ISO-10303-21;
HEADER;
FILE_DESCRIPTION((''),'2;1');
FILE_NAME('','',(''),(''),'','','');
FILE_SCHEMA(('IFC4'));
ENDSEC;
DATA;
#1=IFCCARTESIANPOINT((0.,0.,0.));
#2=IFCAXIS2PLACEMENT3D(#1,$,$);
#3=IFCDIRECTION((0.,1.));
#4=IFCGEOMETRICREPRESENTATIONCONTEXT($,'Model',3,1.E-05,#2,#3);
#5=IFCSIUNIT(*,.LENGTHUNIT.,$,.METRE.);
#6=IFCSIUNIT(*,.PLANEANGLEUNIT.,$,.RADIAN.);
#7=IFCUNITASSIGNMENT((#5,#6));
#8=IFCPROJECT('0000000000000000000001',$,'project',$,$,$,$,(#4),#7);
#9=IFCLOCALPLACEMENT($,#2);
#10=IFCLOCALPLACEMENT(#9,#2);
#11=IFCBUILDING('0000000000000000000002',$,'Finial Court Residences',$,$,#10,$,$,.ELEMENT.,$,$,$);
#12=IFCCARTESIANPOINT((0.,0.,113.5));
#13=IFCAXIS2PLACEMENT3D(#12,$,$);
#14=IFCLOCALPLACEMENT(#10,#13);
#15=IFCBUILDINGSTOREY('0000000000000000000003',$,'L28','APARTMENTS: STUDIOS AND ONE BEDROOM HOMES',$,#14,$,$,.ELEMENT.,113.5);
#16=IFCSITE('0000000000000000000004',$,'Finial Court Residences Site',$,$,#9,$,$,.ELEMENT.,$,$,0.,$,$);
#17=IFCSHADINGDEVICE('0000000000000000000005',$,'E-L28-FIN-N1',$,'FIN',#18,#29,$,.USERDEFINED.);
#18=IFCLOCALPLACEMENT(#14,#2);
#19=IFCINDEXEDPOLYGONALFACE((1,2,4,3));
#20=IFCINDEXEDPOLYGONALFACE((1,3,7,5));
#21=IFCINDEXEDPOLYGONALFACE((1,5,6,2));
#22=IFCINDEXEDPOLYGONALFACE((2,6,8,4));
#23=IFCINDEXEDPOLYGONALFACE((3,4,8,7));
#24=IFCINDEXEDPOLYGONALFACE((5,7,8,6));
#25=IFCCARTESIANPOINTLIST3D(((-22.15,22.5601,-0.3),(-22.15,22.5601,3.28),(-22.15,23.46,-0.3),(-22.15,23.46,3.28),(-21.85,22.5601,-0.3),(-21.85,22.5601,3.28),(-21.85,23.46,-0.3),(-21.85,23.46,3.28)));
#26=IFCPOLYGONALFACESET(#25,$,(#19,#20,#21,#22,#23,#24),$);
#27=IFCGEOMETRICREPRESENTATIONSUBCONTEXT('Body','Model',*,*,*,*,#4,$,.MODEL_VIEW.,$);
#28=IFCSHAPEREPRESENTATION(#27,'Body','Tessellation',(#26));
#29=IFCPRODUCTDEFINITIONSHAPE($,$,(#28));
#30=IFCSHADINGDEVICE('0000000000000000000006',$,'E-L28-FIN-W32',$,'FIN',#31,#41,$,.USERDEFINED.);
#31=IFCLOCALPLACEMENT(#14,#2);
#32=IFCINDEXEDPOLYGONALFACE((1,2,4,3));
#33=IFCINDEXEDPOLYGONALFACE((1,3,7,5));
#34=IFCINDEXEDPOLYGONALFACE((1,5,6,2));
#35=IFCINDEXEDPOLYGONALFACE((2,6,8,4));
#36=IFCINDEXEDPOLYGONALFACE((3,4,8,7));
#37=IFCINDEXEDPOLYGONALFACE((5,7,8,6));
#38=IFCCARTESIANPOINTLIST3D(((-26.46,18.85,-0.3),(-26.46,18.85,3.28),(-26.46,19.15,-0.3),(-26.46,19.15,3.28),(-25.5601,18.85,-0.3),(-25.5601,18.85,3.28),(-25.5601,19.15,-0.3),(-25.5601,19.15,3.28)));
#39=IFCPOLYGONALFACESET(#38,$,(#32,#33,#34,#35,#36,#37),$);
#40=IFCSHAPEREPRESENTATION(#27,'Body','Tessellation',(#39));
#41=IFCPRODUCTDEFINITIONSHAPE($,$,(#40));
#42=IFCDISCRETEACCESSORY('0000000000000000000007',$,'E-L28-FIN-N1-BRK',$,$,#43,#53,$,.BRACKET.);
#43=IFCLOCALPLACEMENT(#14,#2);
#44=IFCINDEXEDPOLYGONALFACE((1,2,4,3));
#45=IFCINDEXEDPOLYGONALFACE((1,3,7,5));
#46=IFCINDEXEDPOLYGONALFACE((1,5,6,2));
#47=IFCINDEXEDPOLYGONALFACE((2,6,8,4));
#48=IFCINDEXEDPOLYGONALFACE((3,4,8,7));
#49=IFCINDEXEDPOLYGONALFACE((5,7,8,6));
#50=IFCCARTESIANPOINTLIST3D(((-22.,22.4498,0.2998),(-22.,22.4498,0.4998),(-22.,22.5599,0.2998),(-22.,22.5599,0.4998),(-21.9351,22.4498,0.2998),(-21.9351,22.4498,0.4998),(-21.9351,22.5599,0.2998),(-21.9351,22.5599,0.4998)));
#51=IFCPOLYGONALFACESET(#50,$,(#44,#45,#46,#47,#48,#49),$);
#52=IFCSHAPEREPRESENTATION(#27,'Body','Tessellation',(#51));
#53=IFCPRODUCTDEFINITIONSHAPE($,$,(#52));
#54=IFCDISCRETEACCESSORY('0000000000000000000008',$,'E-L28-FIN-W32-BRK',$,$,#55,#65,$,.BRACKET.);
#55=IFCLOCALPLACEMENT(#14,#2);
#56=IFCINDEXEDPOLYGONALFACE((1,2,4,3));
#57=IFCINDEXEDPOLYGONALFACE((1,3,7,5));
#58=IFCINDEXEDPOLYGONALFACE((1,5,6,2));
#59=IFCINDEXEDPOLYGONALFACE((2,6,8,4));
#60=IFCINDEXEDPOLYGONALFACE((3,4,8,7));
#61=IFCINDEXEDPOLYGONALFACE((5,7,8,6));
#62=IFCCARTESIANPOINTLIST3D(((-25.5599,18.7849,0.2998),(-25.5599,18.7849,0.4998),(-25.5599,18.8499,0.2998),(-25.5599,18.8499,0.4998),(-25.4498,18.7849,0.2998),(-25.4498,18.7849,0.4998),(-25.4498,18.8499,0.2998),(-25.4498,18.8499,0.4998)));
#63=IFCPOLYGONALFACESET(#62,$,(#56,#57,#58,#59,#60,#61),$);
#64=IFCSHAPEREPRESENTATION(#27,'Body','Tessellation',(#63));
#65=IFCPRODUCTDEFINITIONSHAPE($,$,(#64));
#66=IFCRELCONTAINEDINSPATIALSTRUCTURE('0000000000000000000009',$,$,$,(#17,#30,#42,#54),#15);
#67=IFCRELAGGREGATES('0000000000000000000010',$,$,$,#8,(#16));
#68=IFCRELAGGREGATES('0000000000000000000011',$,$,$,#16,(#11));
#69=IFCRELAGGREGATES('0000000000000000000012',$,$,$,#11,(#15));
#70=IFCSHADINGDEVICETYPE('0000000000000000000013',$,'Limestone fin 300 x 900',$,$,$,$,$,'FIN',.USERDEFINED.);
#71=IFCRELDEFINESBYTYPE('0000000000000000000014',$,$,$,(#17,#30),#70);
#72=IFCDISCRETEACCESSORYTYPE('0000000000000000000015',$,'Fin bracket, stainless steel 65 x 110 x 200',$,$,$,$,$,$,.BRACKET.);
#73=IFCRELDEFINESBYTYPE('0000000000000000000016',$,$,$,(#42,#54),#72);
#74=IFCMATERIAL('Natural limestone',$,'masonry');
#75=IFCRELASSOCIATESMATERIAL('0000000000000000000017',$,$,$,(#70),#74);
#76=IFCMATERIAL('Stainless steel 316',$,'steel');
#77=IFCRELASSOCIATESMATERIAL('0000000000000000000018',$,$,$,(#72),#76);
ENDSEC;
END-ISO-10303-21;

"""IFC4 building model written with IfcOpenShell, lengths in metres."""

from ifc_helpers import new_model, si_unit, direction, frame, origin, origin_2d, place, context, subcontext, project, spatial, rectangle, extrude, material, type_object, element, save


model = new_model("IFC4")

# Units and contexts
model_context = context("Model", 3, precision=1e-05, world=origin(), true_north=direction((0.0, 1.0)))
body_context = subcontext(model_context, "Body", "Model", "MODEL_VIEW")
ifc_project = project(units=[si_unit("LENGTHUNIT", "METRE"), si_unit("PLANEANGLEUNIT", "RADIAN")], contexts=[model_context])

# Site, building, storey
site_placement = place(None, origin())
site = spatial("IfcSite", under=ifc_project, at=site_placement, Name="Finial Court Residences Site", CompositionType="ELEMENT", RefElevation=0.0)
building_placement = place(site_placement, origin())
building = spatial("IfcBuilding", under=site, at=building_placement, Name="Finial Court Residences", CompositionType="ELEMENT")
storey_placement = place(building_placement, frame((0.0, 0.0, 113.5)))
storey = spatial("IfcBuildingStorey", under=building, at=storey_placement, Name="L28", Description="APARTMENTS: STUDIOS AND ONE BEDROOM HOMES", CompositionType="ELEMENT", Elevation=113.5)

# Shared definitions
ifc_material_1 = material(Name="Natural limestone", Category="masonry")

# Shading devices
shading_device_type = type_object("IfcShadingDeviceType", Name="Limestone fin 300 x 900", ElementType="FIN", PredefinedType="USERDEFINED", material=ifc_material_1)
shading_device_1_placement = place(storey_placement, frame((-22.0, 23.01, -0.3), z_axis=(0.0, 0.0, 1.0), x_axis=(1.0, 0.0, 0.0)))
element("IfcShadingDevice", 1, at=shading_device_1_placement, inside=storey, type_object=shading_device_type, Name="E-L28-FIN-N1", ObjectType="FIN", PredefinedType="USERDEFINED", context=body_context, shape_type="SweptSolid", body=[
    extrude(rectangle(XDim=0.3, YDim=0.8999, at=origin_2d()), origin(), (0.0, 0.0, 1.0), 3.5801),
])
shading_device_2_placement = place(storey_placement, frame((-26.01, 19.0, -0.3), z_axis=(0.0, 0.0, 1.0), x_axis=(1.0, 0.0, 0.0)))
element("IfcShadingDevice", 2, at=shading_device_2_placement, inside=storey, type_object=shading_device_type, Name="E-L28-FIN-W32", ObjectType="FIN", PredefinedType="USERDEFINED", context=body_context, shape_type="SweptSolid", body=[
    extrude(rectangle(XDim=0.8999, YDim=0.3, at=origin_2d()), origin(), (0.0, 0.0, 1.0), 3.5801),
])

# Discrete accessories
ifc_material_2 = material(Name="Stainless steel 316", Category="steel")
discrete_accessory_type = type_object("IfcDiscreteAccessoryType", Name="Fin bracket, stainless steel 65 x 110 x 200", PredefinedType="BRACKET", material=ifc_material_2)
discrete_accessory_1_placement = place(storey_placement, frame((-21.9675, 22.5049, 0.2998), z_axis=(0.0, 0.0, 1.0), x_axis=(1.0, 0.0, 0.0)))
element("IfcDiscreteAccessory", 3, at=discrete_accessory_1_placement, inside=storey, type_object=discrete_accessory_type, Name="E-L28-FIN-N1-BRK", PredefinedType="BRACKET", context=body_context, shape_type="SweptSolid", body=[
    extrude(rectangle(XDim=0.0649, YDim=0.1101, at=origin_2d()), origin(), (0.0, 0.0, 1.0), 0.2),
])
discrete_accessory_2_placement = place(storey_placement, frame((-25.5049, 18.8174, 0.2998), z_axis=(0.0, 0.0, 1.0), x_axis=(1.0, 0.0, 0.0)))
element("IfcDiscreteAccessory", 4, at=discrete_accessory_2_placement, inside=storey, type_object=discrete_accessory_type, Name="E-L28-FIN-W32-BRK", PredefinedType="BRACKET", context=body_context, shape_type="SweptSolid", body=[
    extrude(rectangle(XDim=0.1101, YDim=0.0649, at=origin_2d()), origin(), (0.0, 0.0, 1.0), 0.2),
])

save(model, "model.ifc")
